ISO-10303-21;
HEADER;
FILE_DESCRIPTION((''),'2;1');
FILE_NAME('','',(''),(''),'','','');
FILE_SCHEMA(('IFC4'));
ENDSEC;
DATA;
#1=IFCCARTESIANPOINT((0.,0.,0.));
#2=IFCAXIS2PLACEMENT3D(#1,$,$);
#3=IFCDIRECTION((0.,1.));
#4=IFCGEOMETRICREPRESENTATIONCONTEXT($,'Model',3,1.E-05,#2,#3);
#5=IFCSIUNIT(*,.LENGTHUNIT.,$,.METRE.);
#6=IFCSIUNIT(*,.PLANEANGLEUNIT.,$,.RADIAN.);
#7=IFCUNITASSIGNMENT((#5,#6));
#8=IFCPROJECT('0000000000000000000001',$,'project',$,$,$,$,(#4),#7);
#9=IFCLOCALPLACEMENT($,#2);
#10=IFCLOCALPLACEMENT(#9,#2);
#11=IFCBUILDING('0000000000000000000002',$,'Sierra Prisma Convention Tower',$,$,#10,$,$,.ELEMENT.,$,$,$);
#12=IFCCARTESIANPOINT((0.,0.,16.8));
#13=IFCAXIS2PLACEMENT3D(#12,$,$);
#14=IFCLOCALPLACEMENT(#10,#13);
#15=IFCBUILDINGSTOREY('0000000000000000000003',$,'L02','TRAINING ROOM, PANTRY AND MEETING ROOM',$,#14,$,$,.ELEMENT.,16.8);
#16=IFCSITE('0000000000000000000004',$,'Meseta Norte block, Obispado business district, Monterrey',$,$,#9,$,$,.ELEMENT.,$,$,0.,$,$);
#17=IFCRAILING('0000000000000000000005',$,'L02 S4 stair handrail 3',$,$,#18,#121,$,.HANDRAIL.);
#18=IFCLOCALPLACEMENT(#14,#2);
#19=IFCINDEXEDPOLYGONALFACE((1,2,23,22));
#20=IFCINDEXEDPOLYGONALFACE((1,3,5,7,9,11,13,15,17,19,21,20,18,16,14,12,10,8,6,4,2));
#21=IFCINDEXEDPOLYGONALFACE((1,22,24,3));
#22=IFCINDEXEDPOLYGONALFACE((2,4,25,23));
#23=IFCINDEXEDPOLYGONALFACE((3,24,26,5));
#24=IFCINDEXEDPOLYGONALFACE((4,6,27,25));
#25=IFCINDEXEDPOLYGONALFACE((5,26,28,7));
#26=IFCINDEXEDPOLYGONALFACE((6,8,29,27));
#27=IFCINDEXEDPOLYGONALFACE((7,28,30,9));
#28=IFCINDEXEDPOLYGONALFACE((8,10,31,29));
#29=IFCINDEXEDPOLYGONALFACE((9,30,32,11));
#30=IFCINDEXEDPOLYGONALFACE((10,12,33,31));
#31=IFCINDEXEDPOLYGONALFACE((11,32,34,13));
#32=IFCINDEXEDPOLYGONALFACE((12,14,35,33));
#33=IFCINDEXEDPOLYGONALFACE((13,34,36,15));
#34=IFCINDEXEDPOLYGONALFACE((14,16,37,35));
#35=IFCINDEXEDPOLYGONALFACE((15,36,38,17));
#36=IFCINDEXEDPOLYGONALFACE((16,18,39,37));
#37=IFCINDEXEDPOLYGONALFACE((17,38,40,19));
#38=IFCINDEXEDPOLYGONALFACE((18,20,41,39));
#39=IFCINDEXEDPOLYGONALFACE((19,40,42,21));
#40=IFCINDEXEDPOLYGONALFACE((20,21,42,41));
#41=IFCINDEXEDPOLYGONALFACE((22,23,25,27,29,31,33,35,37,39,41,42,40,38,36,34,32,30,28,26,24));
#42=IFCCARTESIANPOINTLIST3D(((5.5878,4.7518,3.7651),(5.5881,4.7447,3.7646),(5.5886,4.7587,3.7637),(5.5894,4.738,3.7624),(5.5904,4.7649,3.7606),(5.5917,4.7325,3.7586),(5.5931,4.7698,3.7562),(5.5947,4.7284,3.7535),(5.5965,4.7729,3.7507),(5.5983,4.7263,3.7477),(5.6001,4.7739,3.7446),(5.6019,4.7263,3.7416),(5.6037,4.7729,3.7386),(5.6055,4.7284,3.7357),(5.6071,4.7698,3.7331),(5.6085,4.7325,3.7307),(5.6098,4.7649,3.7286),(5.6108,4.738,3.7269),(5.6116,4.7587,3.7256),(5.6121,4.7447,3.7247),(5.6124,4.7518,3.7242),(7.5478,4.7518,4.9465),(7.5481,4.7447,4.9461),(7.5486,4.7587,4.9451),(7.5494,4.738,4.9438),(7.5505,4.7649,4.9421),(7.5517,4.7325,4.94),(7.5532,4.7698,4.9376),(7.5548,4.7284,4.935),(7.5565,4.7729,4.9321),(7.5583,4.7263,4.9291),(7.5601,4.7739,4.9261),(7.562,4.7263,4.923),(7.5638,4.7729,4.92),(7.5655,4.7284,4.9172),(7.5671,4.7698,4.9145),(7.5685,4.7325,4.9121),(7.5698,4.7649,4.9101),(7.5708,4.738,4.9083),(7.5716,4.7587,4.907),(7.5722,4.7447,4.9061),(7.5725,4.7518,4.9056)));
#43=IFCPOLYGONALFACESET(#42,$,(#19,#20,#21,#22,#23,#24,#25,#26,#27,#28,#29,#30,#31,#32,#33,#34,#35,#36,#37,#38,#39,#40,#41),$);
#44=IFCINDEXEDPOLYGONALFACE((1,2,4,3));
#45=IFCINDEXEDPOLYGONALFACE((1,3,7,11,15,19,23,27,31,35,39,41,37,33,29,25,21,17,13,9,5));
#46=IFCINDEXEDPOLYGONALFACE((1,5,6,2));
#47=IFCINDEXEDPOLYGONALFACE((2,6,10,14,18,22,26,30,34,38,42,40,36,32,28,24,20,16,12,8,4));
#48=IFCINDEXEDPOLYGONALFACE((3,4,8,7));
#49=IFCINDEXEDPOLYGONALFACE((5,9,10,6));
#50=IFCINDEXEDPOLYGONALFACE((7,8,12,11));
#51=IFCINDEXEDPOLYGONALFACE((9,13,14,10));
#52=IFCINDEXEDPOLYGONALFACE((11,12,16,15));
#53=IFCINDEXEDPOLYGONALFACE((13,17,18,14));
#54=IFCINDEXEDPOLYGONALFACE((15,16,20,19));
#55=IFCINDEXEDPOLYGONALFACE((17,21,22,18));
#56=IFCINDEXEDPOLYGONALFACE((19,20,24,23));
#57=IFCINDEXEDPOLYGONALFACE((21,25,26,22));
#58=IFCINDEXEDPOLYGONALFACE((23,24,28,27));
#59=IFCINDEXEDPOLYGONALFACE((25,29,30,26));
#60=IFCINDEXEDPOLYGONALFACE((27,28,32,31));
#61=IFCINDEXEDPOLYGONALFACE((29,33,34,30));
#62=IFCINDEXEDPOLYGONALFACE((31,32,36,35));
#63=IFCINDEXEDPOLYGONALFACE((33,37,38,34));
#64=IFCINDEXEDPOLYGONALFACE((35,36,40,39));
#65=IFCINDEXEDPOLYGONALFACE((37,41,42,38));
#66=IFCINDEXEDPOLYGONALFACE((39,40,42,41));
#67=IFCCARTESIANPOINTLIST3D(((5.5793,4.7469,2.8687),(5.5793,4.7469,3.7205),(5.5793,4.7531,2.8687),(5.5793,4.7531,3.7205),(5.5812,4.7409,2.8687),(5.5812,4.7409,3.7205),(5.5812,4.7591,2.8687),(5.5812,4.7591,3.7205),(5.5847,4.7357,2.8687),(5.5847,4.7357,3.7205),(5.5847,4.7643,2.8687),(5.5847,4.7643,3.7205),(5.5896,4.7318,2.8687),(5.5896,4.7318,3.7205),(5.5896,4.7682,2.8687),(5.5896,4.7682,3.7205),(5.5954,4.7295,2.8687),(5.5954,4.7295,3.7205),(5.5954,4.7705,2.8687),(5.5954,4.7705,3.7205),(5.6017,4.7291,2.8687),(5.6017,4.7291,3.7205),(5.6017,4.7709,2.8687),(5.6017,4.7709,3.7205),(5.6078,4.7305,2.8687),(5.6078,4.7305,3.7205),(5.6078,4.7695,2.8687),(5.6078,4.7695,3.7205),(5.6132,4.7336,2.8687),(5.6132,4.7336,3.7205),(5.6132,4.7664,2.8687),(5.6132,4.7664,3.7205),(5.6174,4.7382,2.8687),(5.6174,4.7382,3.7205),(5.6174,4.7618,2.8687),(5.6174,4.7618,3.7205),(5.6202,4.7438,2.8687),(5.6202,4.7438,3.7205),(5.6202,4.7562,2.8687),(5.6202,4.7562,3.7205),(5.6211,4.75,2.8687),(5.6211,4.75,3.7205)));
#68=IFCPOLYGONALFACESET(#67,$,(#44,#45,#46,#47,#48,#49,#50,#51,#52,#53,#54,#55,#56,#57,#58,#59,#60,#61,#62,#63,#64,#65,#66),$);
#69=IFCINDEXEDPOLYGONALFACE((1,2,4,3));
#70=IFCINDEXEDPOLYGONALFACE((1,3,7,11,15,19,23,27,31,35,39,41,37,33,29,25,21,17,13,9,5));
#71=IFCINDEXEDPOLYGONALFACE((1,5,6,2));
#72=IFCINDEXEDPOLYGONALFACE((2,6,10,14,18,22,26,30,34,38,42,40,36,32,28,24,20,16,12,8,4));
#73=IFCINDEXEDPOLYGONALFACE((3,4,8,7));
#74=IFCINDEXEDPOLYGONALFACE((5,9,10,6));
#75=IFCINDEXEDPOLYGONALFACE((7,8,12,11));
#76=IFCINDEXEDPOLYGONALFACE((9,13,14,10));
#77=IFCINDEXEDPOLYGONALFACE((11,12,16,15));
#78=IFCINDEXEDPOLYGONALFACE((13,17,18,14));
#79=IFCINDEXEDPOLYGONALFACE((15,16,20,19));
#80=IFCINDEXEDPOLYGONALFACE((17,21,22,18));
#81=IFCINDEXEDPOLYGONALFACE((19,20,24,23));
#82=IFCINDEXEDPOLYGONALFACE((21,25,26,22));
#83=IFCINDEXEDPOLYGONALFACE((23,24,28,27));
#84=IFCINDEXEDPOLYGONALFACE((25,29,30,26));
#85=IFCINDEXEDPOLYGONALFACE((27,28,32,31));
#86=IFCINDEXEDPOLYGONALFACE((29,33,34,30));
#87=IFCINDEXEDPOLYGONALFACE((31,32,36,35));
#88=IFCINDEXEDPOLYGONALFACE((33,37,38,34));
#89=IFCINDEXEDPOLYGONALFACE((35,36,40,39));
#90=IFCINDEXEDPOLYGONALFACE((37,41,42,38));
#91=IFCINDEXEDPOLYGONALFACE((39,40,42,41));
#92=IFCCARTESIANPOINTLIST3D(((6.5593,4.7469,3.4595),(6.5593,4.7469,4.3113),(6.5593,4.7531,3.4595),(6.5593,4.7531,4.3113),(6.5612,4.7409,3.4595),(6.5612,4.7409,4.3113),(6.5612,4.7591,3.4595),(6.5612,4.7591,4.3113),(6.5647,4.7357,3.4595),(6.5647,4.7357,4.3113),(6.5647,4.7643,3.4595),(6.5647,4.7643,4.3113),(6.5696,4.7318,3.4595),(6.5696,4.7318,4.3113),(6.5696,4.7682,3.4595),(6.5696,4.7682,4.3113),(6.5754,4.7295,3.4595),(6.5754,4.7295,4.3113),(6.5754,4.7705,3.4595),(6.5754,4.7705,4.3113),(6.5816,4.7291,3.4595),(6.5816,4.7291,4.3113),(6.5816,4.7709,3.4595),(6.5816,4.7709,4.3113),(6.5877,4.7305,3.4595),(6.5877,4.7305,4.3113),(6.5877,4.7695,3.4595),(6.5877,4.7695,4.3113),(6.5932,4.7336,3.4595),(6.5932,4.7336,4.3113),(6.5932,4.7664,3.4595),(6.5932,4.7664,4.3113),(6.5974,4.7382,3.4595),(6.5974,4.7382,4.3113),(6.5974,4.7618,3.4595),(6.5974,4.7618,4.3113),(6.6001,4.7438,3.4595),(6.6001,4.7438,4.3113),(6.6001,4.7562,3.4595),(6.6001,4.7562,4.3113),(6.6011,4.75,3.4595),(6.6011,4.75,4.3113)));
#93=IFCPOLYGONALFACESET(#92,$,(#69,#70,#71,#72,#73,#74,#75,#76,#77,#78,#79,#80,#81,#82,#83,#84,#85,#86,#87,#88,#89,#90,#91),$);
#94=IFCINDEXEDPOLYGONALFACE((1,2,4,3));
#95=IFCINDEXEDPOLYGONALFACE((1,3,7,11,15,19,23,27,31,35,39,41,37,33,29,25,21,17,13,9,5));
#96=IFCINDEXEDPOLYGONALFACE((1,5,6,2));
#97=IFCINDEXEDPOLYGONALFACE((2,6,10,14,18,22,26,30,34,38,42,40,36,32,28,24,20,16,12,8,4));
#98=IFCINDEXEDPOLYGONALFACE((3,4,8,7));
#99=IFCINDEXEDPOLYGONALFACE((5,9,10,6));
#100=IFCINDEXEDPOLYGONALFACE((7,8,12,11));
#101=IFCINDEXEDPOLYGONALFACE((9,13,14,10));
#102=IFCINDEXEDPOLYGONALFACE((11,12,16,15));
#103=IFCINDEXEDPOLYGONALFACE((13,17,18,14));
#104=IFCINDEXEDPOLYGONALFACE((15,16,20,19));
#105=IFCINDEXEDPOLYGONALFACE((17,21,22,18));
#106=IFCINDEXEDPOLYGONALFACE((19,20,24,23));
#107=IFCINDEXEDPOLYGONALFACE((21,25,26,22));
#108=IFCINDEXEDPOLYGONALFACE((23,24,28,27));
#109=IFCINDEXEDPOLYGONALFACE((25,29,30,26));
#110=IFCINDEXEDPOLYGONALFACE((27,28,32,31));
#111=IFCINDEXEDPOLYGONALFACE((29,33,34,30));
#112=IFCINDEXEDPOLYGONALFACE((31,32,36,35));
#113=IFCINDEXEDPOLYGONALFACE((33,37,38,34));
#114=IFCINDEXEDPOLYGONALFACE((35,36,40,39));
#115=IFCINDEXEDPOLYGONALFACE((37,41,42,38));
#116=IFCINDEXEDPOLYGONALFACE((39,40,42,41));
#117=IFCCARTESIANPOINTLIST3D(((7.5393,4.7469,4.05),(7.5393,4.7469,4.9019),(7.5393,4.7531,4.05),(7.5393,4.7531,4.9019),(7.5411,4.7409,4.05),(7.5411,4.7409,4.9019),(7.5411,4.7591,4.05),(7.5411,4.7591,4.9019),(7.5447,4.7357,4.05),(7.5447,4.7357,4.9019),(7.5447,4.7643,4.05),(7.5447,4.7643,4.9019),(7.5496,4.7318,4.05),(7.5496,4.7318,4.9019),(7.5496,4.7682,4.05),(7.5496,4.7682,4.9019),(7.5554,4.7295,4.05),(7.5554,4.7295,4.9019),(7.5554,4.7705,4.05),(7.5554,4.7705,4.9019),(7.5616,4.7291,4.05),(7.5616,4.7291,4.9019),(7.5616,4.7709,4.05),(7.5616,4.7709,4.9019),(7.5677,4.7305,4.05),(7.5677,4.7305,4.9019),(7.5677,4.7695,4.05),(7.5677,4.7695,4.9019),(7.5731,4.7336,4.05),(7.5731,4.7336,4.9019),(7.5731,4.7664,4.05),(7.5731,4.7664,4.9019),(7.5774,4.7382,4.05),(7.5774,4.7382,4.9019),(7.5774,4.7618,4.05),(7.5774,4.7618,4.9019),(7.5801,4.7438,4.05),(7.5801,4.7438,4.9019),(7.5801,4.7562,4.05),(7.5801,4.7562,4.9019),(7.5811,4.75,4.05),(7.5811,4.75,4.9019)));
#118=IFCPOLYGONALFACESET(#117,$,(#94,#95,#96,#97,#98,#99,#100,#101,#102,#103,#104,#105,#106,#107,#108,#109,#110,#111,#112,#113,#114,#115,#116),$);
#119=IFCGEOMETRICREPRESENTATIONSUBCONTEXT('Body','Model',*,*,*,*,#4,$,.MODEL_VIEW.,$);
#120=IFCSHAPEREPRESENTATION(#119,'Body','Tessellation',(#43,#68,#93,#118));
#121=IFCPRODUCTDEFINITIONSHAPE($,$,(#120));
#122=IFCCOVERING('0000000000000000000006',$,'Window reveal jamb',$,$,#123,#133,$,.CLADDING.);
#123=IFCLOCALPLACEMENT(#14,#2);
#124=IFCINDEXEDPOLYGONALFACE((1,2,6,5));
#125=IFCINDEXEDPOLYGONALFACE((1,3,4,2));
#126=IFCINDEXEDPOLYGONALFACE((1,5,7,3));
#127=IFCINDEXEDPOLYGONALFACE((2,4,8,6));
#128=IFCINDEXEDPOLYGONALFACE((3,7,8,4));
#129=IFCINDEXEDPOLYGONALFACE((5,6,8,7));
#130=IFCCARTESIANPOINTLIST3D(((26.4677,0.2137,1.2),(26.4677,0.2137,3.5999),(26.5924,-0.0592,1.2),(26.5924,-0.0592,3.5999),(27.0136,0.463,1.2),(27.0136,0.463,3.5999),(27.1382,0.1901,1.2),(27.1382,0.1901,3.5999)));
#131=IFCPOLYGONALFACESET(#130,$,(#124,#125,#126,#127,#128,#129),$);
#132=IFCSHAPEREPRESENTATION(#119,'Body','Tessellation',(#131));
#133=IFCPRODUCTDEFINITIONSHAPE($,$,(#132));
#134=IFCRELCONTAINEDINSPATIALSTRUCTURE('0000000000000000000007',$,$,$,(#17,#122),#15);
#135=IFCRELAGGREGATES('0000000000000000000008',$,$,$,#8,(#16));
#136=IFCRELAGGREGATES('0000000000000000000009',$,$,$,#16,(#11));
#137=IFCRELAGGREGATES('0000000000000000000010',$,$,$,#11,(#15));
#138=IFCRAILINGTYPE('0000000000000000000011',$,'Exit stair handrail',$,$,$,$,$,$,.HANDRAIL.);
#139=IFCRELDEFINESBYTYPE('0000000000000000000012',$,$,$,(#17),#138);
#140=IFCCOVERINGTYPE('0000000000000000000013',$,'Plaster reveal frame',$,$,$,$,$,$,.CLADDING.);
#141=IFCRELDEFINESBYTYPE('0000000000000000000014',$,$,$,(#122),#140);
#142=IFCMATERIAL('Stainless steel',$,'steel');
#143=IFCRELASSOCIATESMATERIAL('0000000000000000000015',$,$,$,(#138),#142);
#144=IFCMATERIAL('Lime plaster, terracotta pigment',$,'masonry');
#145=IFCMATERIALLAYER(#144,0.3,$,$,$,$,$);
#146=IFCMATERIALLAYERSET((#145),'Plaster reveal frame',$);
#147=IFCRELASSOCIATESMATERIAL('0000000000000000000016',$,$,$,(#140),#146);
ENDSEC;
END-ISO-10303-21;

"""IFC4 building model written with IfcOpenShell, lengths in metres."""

from ifc_helpers import new_model, si_unit, direction, frame, origin, origin_2d, place, context, subcontext, project, spatial, rectangle, circle, extrude, material, layer, layer_set, type_object, element, save


model = new_model("IFC4")

# Units and contexts
model_context = context("Model", 3, precision=1e-05, world=origin(), true_north=direction((0.0, 1.0)))
body_context = subcontext(model_context, "Body", "Model", "MODEL_VIEW")
ifc_project = project(units=[si_unit("LENGTHUNIT", "METRE"), si_unit("PLANEANGLEUNIT", "RADIAN")], contexts=[model_context])

# Site, building, storey
site_placement = place(None, origin())
site = spatial("IfcSite", under=ifc_project, at=site_placement, Name="Meseta Norte block, Obispado business district, Monterrey", CompositionType="ELEMENT", RefElevation=0.0)
building_placement = place(site_placement, origin())
building = spatial("IfcBuilding", under=site, at=building_placement, Name="Sierra Prisma Convention Tower", CompositionType="ELEMENT")
storey_placement = place(building_placement, frame((0.0, 0.0, 16.8)))
storey = spatial("IfcBuildingStorey", under=building, at=storey_placement, Name="L02", Description="TRAINING ROOM, PANTRY AND MEETING ROOM", CompositionType="ELEMENT", Elevation=16.8)

# Railing
ifc_material_1 = material(Name="Stainless steel", Category="steel")
railing_type_1 = type_object("IfcRailingType", Name="Exit stair handrail", PredefinedType="HANDRAIL", material=ifc_material_1)
railing_1_placement = place(storey_placement, frame((5.6001, 4.75, 2.8687)))
element("IfcRailing", 1, at=railing_1_placement, inside=storey, type_object=railing_type_1, Name="L02 S4 stair handrail 3", PredefinedType="HANDRAIL", context=body_context, shape_type="SweptSolid", body=[
    extrude(circle(Radius=0.0239, at=origin_2d()), frame((0.0, 0.0, 0.876), z_axis=(0.856446, 0.0, 0.516236), x_axis=(0.0, 1.0, 0.0)), (0.0, 0.0, 1.0), 2.2886),
    extrude(circle(Radius=0.021, at=origin_2d()), origin(), (0.0, 0.0, 1.0), 0.8518),
    extrude(circle(Radius=0.021, at=origin_2d()), frame((0.98, 0.0, 0.5908)), (0.0, 0.0, 1.0), 0.8518),
    extrude(circle(Radius=0.021, at=origin_2d()), frame((1.96, 0.0, 1.1814)), (0.0, 0.0, 1.0), 0.8518),
])

# Covering
ifc_material_2 = material(Name="Lime plaster, terracotta pigment", Category="masonry")
ifc_layer_1 = layer(ifc_material_2, 0.3)
ifc_layer_set_1 = layer_set([ifc_layer_1], Name="Plaster reveal frame")
covering_type = type_object("IfcCoveringType", Name="Plaster reveal frame", PredefinedType="CLADDING", material=ifc_layer_set_1)
covering_placement = place(storey_placement, frame((26.803, 0.2019, 1.2), z_axis=(0.0, 0.0, 1.0), x_axis=(0.415398, -0.90964, 0.0)))
element("IfcCovering", 2, at=covering_placement, inside=storey, type_object=covering_type, Name="Window reveal jamb", PredefinedType="CLADDING", context=body_context, shape_type="SweptSolid", body=[
    extrude(rectangle(XDim=0.3, YDim=0.6001, at=origin_2d()), origin(), (0.0, 0.0, 1.0), 2.3999),
])

save(model, "model.ifc")
